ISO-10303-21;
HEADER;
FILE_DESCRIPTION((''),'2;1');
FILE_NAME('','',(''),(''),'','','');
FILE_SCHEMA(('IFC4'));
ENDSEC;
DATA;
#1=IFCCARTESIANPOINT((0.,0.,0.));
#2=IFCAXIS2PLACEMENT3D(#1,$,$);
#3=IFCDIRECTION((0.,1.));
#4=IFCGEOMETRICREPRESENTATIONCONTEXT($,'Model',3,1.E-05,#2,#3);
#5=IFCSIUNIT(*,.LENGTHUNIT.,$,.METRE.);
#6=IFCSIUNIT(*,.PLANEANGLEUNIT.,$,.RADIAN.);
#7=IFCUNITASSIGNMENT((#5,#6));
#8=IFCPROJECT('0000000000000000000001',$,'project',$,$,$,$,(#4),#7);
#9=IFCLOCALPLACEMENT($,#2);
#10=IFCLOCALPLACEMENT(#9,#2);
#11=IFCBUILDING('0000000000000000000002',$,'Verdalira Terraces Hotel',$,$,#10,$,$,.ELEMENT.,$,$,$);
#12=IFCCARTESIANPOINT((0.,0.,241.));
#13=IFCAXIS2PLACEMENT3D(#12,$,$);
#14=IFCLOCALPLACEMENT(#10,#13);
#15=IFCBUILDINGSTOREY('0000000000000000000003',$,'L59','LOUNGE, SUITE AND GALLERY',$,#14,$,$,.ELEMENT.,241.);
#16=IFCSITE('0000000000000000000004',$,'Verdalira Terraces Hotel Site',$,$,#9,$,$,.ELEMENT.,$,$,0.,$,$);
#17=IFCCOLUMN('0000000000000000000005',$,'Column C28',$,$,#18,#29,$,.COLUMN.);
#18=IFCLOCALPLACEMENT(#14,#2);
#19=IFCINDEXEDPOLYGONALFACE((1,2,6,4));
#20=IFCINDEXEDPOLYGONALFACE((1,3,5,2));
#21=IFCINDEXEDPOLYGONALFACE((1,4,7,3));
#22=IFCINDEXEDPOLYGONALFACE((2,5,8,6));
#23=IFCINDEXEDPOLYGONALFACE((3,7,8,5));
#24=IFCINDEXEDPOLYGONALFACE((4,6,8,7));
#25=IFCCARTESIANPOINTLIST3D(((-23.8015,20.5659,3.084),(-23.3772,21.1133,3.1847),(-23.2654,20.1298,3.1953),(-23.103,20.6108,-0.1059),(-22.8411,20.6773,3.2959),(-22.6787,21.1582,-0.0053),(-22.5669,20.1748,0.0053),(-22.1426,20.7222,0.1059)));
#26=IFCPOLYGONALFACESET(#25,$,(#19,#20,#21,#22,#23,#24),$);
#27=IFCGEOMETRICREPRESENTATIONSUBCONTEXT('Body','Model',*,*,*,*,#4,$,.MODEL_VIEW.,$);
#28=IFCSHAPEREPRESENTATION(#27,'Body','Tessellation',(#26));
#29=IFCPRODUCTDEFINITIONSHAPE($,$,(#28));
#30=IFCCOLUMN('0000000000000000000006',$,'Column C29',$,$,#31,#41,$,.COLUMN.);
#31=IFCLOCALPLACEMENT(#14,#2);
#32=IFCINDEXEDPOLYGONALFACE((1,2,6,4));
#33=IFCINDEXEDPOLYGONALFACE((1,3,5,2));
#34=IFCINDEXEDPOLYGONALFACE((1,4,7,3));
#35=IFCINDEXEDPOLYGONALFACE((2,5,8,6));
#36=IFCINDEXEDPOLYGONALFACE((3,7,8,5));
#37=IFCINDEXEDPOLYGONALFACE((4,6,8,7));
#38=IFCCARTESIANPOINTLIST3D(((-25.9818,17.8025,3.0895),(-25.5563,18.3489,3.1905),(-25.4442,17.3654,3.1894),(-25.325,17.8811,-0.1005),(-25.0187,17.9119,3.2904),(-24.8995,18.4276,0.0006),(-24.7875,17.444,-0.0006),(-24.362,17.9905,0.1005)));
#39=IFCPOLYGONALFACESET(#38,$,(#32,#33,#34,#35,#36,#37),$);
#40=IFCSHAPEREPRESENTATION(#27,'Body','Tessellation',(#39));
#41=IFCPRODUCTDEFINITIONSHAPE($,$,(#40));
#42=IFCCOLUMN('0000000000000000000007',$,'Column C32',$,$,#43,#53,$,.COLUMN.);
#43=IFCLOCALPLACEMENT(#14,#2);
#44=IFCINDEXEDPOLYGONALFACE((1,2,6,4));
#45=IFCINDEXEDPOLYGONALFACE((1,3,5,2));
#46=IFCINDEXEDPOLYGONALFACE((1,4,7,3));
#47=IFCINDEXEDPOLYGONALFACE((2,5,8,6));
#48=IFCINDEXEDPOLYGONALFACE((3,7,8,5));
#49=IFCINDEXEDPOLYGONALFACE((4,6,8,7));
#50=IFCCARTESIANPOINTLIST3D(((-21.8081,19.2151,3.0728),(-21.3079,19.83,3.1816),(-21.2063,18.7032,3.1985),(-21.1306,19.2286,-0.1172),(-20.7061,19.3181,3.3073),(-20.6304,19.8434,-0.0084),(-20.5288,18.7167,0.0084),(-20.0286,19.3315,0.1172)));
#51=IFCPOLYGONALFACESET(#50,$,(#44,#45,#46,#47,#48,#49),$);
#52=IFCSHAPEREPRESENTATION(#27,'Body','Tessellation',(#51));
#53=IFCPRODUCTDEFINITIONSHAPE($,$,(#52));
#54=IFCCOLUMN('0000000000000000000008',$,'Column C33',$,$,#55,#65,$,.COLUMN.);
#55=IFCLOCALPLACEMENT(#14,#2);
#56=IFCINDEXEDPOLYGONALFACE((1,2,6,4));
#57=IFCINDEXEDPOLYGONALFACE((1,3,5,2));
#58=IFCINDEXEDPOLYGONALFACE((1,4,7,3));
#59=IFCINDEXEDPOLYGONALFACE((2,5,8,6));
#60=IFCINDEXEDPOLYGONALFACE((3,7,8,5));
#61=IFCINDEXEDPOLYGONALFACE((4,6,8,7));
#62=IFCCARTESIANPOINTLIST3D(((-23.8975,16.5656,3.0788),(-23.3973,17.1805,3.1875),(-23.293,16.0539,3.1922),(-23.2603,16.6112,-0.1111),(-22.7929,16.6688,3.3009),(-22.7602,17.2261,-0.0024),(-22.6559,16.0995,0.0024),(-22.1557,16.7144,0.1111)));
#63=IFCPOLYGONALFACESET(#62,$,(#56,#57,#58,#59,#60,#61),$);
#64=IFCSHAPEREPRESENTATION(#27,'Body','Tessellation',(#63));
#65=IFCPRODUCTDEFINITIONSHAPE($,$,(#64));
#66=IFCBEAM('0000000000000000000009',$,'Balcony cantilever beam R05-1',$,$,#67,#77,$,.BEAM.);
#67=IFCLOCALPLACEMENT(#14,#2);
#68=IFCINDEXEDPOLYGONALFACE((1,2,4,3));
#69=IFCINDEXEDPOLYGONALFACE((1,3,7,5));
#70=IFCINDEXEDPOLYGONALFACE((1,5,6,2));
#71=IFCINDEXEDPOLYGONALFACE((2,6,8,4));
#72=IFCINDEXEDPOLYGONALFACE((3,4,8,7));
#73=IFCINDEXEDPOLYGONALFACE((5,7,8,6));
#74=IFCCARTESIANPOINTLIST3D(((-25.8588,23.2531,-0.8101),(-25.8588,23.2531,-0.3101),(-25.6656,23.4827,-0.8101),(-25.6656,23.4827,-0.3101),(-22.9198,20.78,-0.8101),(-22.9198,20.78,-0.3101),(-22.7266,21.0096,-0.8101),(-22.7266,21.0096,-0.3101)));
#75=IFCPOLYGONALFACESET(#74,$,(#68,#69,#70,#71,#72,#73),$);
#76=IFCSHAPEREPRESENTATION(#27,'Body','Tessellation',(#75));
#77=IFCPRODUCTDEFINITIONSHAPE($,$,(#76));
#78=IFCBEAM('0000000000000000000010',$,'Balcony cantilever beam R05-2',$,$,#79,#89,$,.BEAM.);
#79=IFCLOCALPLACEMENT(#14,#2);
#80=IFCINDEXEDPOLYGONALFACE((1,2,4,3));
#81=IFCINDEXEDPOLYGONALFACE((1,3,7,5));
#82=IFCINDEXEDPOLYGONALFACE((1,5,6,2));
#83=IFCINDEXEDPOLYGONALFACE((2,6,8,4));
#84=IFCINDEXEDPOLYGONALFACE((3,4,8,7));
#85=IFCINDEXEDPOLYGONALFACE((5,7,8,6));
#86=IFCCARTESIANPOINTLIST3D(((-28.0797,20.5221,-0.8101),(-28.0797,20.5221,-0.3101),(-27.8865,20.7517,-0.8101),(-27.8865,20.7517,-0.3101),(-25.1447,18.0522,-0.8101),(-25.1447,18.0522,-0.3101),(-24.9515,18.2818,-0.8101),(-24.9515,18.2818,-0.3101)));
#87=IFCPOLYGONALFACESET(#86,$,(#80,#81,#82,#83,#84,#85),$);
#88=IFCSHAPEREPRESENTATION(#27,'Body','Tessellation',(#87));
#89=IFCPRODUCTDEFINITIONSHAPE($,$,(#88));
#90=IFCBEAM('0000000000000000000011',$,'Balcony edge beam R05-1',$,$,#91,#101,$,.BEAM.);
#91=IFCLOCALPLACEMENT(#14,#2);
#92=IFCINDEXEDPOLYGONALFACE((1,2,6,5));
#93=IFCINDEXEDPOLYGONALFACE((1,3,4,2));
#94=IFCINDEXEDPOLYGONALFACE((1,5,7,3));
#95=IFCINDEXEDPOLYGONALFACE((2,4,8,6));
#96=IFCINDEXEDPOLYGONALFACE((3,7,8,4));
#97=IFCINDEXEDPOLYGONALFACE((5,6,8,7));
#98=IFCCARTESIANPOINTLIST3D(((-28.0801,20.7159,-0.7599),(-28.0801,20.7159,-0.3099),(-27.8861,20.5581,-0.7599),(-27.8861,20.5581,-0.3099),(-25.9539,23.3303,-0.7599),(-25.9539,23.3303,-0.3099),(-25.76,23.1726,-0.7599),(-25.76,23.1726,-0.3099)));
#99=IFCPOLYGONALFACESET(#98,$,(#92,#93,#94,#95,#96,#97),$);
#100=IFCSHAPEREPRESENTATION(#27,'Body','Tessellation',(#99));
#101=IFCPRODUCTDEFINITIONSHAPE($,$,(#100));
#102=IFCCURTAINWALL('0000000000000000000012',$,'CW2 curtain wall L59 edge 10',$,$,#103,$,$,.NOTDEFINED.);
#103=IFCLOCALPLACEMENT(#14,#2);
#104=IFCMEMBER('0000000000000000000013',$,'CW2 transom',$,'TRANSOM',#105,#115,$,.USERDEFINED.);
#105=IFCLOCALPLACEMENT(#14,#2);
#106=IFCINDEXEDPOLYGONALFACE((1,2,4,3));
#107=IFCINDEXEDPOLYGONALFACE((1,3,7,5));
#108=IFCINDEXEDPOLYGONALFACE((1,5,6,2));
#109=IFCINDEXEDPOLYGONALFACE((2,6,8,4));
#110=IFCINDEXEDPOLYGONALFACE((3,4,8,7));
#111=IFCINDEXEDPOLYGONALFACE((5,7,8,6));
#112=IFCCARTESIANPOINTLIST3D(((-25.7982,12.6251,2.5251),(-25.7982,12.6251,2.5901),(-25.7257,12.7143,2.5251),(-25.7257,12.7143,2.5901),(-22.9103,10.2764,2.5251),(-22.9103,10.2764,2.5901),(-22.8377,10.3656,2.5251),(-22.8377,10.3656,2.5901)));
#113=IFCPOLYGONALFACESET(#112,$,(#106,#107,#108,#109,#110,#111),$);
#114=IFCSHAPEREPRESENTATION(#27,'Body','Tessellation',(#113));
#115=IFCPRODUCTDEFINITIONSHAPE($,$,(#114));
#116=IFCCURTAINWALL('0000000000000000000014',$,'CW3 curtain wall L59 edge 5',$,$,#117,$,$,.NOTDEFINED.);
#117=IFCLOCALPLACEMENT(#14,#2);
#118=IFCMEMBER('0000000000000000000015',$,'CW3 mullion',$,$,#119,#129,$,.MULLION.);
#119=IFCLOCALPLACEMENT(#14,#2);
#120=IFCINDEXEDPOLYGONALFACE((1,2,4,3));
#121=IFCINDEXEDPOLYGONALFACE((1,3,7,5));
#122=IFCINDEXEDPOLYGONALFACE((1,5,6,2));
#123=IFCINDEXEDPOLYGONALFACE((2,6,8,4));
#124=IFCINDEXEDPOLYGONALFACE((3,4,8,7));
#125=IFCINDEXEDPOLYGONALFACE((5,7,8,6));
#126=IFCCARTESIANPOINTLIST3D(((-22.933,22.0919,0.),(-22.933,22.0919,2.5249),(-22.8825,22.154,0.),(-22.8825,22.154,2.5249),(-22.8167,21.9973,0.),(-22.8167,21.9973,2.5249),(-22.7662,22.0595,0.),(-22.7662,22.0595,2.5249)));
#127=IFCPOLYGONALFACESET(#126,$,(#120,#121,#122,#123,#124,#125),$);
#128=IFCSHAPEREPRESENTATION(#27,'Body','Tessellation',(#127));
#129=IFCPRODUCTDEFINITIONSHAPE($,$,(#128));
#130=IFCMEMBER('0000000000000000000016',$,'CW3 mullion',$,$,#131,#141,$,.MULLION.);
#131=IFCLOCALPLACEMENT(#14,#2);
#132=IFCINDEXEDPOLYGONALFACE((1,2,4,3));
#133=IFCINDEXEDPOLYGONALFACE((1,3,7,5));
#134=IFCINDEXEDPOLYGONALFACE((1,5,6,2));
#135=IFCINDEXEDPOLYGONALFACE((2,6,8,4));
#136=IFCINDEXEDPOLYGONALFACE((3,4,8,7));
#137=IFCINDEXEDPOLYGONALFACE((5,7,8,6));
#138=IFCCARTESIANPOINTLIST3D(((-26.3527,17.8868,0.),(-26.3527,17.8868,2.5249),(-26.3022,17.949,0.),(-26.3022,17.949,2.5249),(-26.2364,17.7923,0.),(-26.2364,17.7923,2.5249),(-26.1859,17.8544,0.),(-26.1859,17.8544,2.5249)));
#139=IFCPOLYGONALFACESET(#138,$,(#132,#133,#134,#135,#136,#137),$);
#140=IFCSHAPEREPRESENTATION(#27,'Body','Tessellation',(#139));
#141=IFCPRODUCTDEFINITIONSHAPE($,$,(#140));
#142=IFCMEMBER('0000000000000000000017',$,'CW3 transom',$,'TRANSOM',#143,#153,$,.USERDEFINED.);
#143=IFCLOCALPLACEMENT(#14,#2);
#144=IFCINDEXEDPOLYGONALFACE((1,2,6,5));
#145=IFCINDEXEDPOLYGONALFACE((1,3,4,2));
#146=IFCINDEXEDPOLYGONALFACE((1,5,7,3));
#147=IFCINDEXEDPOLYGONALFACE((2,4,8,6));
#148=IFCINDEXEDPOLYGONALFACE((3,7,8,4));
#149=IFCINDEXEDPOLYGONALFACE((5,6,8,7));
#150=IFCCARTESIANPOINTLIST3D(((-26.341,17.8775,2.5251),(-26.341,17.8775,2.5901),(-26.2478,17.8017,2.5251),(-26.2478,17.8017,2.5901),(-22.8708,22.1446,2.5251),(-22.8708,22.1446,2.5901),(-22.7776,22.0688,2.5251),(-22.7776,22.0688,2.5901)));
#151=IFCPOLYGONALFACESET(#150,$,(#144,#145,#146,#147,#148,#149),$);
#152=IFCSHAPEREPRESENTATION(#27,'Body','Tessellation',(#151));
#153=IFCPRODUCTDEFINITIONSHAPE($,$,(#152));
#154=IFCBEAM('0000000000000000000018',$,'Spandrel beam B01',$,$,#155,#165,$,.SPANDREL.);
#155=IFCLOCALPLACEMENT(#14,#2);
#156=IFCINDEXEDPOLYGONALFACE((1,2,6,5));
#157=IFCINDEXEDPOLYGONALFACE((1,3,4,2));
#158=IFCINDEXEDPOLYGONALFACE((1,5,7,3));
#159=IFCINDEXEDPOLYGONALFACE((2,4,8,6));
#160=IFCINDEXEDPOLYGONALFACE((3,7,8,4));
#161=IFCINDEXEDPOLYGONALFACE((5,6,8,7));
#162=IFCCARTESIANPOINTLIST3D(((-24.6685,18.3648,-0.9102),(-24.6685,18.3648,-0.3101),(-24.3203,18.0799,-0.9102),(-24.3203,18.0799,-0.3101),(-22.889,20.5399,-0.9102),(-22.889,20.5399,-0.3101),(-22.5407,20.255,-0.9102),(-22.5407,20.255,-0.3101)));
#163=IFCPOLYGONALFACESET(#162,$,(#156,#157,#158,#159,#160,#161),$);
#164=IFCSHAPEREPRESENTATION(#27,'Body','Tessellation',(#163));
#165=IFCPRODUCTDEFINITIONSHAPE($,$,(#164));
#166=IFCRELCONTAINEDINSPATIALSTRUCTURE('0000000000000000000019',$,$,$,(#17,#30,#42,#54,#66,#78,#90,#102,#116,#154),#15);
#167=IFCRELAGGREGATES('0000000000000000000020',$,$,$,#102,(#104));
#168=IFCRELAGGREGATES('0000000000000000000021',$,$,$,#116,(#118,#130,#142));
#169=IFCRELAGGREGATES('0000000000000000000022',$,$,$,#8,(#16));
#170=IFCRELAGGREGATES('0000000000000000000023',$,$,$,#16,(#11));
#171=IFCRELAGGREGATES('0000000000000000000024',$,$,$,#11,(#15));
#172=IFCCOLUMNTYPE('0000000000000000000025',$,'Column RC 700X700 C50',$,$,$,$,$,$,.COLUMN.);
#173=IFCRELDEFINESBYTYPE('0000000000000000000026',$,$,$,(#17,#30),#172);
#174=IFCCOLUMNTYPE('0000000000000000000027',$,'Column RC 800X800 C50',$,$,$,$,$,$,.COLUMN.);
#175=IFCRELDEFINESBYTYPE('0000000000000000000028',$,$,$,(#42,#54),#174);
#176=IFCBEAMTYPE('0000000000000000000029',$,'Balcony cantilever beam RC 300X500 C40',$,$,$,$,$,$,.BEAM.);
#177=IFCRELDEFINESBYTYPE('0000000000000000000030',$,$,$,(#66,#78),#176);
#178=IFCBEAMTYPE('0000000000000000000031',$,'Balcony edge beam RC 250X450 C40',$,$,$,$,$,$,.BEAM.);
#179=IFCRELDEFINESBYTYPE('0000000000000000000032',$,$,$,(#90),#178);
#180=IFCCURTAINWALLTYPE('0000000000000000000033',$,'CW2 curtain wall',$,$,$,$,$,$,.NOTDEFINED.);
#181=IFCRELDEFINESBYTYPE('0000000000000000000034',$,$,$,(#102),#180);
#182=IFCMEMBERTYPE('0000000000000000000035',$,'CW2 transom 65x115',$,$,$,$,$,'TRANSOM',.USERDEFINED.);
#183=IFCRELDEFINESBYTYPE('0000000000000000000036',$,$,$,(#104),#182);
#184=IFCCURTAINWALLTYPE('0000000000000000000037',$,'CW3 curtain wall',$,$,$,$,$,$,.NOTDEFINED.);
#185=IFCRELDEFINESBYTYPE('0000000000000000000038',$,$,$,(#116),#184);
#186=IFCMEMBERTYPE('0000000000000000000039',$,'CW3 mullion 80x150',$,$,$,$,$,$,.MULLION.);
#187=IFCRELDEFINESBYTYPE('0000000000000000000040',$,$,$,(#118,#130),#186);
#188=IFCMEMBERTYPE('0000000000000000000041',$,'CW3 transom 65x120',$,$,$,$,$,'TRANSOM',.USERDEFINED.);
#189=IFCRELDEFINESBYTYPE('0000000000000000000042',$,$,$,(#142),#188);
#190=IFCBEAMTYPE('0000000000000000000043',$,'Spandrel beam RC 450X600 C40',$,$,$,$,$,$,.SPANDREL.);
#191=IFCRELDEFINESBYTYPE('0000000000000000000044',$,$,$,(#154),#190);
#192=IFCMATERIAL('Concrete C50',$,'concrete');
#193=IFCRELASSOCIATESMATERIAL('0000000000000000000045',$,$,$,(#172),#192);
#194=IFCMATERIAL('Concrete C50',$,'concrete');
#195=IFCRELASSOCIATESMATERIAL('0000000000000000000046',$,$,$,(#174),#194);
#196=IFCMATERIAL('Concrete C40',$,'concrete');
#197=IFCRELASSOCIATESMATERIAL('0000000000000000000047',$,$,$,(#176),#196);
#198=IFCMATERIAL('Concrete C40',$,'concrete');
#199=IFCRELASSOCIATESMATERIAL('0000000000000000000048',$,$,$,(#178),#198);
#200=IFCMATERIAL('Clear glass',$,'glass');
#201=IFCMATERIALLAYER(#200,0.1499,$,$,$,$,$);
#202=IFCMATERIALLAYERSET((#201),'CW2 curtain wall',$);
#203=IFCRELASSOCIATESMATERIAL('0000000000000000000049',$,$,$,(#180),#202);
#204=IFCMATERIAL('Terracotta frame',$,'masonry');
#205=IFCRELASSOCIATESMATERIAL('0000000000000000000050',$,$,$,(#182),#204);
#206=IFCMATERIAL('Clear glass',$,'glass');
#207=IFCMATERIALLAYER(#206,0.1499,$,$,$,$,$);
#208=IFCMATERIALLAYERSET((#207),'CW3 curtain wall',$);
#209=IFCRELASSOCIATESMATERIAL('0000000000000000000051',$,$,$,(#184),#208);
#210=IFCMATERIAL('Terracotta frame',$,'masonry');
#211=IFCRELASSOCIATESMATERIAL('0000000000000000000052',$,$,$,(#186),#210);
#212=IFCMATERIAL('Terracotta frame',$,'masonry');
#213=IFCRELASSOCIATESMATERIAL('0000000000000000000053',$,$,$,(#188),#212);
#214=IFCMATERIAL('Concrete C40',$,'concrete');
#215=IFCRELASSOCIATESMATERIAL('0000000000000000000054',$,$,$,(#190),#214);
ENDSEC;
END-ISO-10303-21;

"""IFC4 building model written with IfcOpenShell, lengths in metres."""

from ifc_helpers import new_model, si_unit, direction, frame, origin, origin_2d, place, context, subcontext, project, spatial, rectangle, extrude, material, layer, layer_set, material_profile, profile_set, type_object, element, aggregate, save


model = new_model("IFC4")

# Units and contexts
model_context = context("Model", 3, precision=1e-05, world=origin(), true_north=direction((0.0, 1.0)))
body_context = subcontext(model_context, "Body", "Model", "MODEL_VIEW")
ifc_project = project(units=[si_unit("LENGTHUNIT", "METRE"), si_unit("PLANEANGLEUNIT", "RADIAN")], contexts=[model_context])

# Site, building, storey
site_placement = place(None, origin())
site = spatial("IfcSite", under=ifc_project, at=site_placement, Name="Verdalira Terraces Hotel Site", CompositionType="ELEMENT", RefElevation=0.0)
building_placement = place(site_placement, origin())
building = spatial("IfcBuilding", under=site, at=building_placement, Name="Verdalira Terraces Hotel", CompositionType="ELEMENT")
storey_placement = place(building_placement, frame((0.0, 0.0, 241.0)))
storey = spatial("IfcBuildingStorey", under=building, at=storey_placement, Name="L59", Description="LOUNGE, SUITE AND GALLERY", CompositionType="ELEMENT", Elevation=241.0)

# Columns
ifc_material_1 = material(Name="Concrete C50", Category="concrete")
ifc_material_profile_1 = material_profile(ifc_material_1, rectangle(XDim=0.7, YDim=0.7, at=origin_2d()), Name="RC 700X700")
ifc_profile_set_1 = profile_set([ifc_material_profile_1], Name="Concrete C50")
column_type_1 = type_object("IfcColumnType", Name="Column RC 700X700 C50", PredefinedType="COLUMN", material=ifc_profile_set_1)
column_1_placement = place(storey_placement, frame((-22.6228, 20.6665, 0.0), z_axis=(-0.213877, -0.013755, 0.976764), x_axis=(-0.606263, -0.782162, -0.143765)))
element("IfcColumn", 1, at=column_1_placement, inside=storey, type_object=column_type_1, Name="Column C28", PredefinedType="COLUMN", context=body_context, shape_type="SweptSolid", body=[
    extrude(rectangle(XDim=0.7, YDim=0.7, at=origin_2d()), origin(), (0.0, 0.0, 1.0), 3.2659),
])
column_2_placement = place(storey_placement, frame((-24.8435, 17.9358, 0.0), z_axis=(-0.20159, -0.024131, 0.979173), x_axis=(-0.607929, -0.780751, -0.1444)))
element("IfcColumn", 2, at=column_2_placement, inside=storey, type_object=column_type_1, Name="Column C29", PredefinedType="COLUMN", context=body_context, shape_type="SweptSolid", body=[
    extrude(rectangle(XDim=0.7, YDim=0.7, at=origin_2d()), origin(), (0.0, 0.0, 1.0), 3.2578),
])
ifc_material_2 = material(Name="Concrete C50", Category="concrete")
ifc_material_profile_2 = material_profile(ifc_material_2, rectangle(XDim=0.8, YDim=0.8, at=origin_2d()), Name="RC 800X800")
ifc_profile_set_2 = profile_set([ifc_material_profile_2], Name="Concrete C50")
column_type_2 = type_object("IfcColumnType", Name="Column RC 800X800 C50", PredefinedType="COLUMN", material=ifc_profile_set_2)
column_3_placement = place(storey_placement, frame((-20.5796, 19.28, 0.0), z_axis=(-0.207748, -0.004118, 0.978174), x_axis=(-0.752294, 0.639827, -0.157081)))
element("IfcColumn", 3, at=column_3_placement, inside=storey, type_object=column_type_2, Name="Column C32", PredefinedType="COLUMN", context=body_context, shape_type="SweptSolid", body=[
    extrude(rectangle(XDim=0.8, YDim=0.8, at=origin_2d()), origin(), (0.0, 0.0, 1.0), 3.2612),
])
column_4_placement = place(storey_placement, frame((-22.708, 16.6628, 0.0), z_axis=(-0.195866, -0.014033, 0.98053), x_axis=(-0.755525, 0.639596, -0.141766)))
element("IfcColumn", 4, at=column_4_placement, inside=storey, type_object=column_type_2, Name="Column C33", PredefinedType="COLUMN", context=body_context, shape_type="SweptSolid", body=[
    extrude(rectangle(XDim=0.8, YDim=0.8, at=origin_2d()), origin(), (0.0, 0.0, 1.0), 3.2532),
])

# Beams
ifc_material_3 = material(Name="Concrete C40", Category="concrete")
ifc_material_profile_3 = material_profile(ifc_material_3, rectangle(XDim=0.3, YDim=0.5, at=origin_2d()), Name="RC 300X500")
ifc_profile_set_3 = profile_set([ifc_material_profile_3], Name="Concrete C40")
beam_type_1 = type_object("IfcBeamType", Name="Balcony cantilever beam RC 300X500 C40", PredefinedType="BEAM", material=ifc_profile_set_3)
beam_1_placement = place(storey_placement, frame((-22.8232, 20.8948, -0.5601), z_axis=(-0.765139, 0.643866, 0.0), x_axis=(-0.643866, -0.765139, 0.0)))
element("IfcBeam", 5, at=beam_1_placement, inside=storey, type_object=beam_type_1, Name="Balcony cantilever beam R05-1", PredefinedType="BEAM", context=body_context, shape_type="SweptSolid", body=[
    extrude(rectangle(XDim=0.3, YDim=0.5, at=origin_2d()), origin(), (0.0, 0.0, 1.0), 3.8411),
])
beam_2_placement = place(storey_placement, frame((-25.0481, 18.167, -0.5601), z_axis=(-0.765124, 0.643883, 0.0), x_axis=(-0.643883, -0.765124, 0.0)))
element("IfcBeam", 6, at=beam_2_placement, inside=storey, type_object=beam_type_1, Name="Balcony cantilever beam R05-2", PredefinedType="BEAM", context=body_context, shape_type="SweptSolid", body=[
    extrude(rectangle(XDim=0.3, YDim=0.5, at=origin_2d()), origin(), (0.0, 0.0, 1.0), 3.8359),
])
ifc_material_4 = material(Name="Concrete C40", Category="concrete")
ifc_material_profile_4 = material_profile(ifc_material_4, rectangle(XDim=0.25, YDim=0.45, at=origin_2d()), Name="RC 250X450")
ifc_profile_set_4 = profile_set([ifc_material_profile_4], Name="Concrete C40")
beam_type_2 = type_object("IfcBeamType", Name="Balcony edge beam RC 250X450 C40", PredefinedType="BEAM", material=ifc_profile_set_4)
beam_3_placement = place(storey_placement, frame((-25.8569, 23.2515, -0.5349), z_axis=(-0.630939, -0.775832, 0.0), x_axis=(0.775832, -0.630939, 0.0)))
element("IfcBeam", 7, at=beam_3_placement, inside=storey, type_object=beam_type_2, Name="Balcony edge beam R05-1", PredefinedType="BEAM", context=body_context, shape_type="SweptSolid", body=[
    extrude(rectangle(XDim=0.25, YDim=0.45, at=origin_2d()), origin(), (0.0, 0.0, 1.0), 3.3699),
])

# Curtain wall, member
ifc_material_5 = material(Name="Clear glass", Category="glass")
ifc_layer_1 = layer(ifc_material_5, 0.1499)
ifc_layer_set_1 = layer_set([ifc_layer_1], Name="CW2 curtain wall")
curtain_wall_type_1 = type_object("IfcCurtainWallType", Name="CW2 curtain wall", PredefinedType="NOTDEFINED", material=ifc_layer_set_1)
curtain_wall_1_placement = place(storey_placement, origin())
curtain_wall_1 = element("IfcCurtainWall", 8, at=curtain_wall_1_placement, inside=storey, type_object=curtain_wall_type_1, Name="CW2 curtain wall L59 edge 10", PredefinedType="NOTDEFINED")
ifc_material_6 = material(Name="Terracotta frame", Category="masonry")
ifc_material_profile_5 = material_profile(ifc_material_6, rectangle(XDim=0.115, YDim=0.0649, at=origin_2d()), Name="TR 65x115")
ifc_profile_set_5 = profile_set([ifc_material_profile_5], Name="Terracotta frame")
member_type_1 = type_object("IfcMemberType", Name="CW2 transom 65x115", ElementType="TRANSOM", PredefinedType="USERDEFINED", material=ifc_profile_set_5)
member_1_placement = place(storey_placement, frame((-25.762, 12.6697, 2.5576), z_axis=(0.775827, -0.630946, 0.0), x_axis=(0.630946, 0.775827, 0.0)))
member_1 = element("IfcMember", 9, at=member_1_placement, type_object=member_type_1, Name="CW2 transom", ObjectType="TRANSOM", PredefinedType="USERDEFINED", context=body_context, shape_type="SweptSolid", body=[
    extrude(rectangle(XDim=0.115, YDim=0.0649, at=origin_2d()), origin(), (0.0, 0.0, 1.0), 3.7224),
])
aggregate(curtain_wall_1, [member_1])

# Curtain wall, members
ifc_material_7 = material(Name="Clear glass", Category="glass")
ifc_layer_2 = layer(ifc_material_7, 0.1499)
ifc_layer_set_2 = layer_set([ifc_layer_2], Name="CW3 curtain wall")
curtain_wall_type_2 = type_object("IfcCurtainWallType", Name="CW3 curtain wall", PredefinedType="NOTDEFINED", material=ifc_layer_set_2)
curtain_wall_2_placement = place(storey_placement, origin())
curtain_wall_2 = element("IfcCurtainWall", 10, at=curtain_wall_2_placement, inside=storey, type_object=curtain_wall_type_2, Name="CW3 curtain wall L59 edge 5", PredefinedType="NOTDEFINED")
ifc_material_8 = material(Name="Terracotta frame", Category="masonry")
ifc_material_profile_6 = material_profile(ifc_material_8, rectangle(XDim=0.0801, YDim=0.1499, at=origin_2d()), Name="MU 80x150")
ifc_profile_set_6 = profile_set([ifc_material_profile_6], Name="Terracotta frame")
member_type_2 = type_object("IfcMemberType", Name="CW3 mullion 80x150", PredefinedType="MULLION", material=ifc_profile_set_6)
member_2_placement = place(storey_placement, frame((-22.8496, 22.0757, 0.0), z_axis=(0.0, 0.0, 1.0), x_axis=(-0.630947, -0.775826, 0.0)))
member_2 = element("IfcMember", 11, at=member_2_placement, type_object=member_type_2, Name="CW3 mullion", PredefinedType="MULLION", context=body_context, shape_type="SweptSolid", body=[
    extrude(rectangle(XDim=0.0801, YDim=0.1499, at=origin_2d()), origin(), (0.0, 0.0, 1.0), 2.5249),
])
member_3_placement = place(storey_placement, frame((-26.2693, 17.8706, 0.0), z_axis=(0.0, 0.0, 1.0), x_axis=(-0.630947, -0.775826, 0.0)))
member_3 = element("IfcMember", 12, at=member_3_placement, type_object=member_type_2, Name="CW3 mullion", PredefinedType="MULLION", context=body_context, shape_type="SweptSolid", body=[
    extrude(rectangle(XDim=0.0801, YDim=0.1499, at=origin_2d()), origin(), (0.0, 0.0, 1.0), 2.5249),
])
ifc_material_9 = material(Name="Terracotta frame", Category="masonry")
ifc_material_profile_7 = material_profile(ifc_material_9, rectangle(XDim=0.1201, YDim=0.0649, at=origin_2d()), Name="TR 65x120")
ifc_profile_set_7 = profile_set([ifc_material_profile_7], Name="Terracotta frame")
member_type_3 = type_object("IfcMemberType", Name="CW3 transom 65x120", ElementType="TRANSOM", PredefinedType="USERDEFINED", material=ifc_profile_set_7)
member_4_placement = place(storey_placement, frame((-22.8242, 22.1067, 2.5576), z_axis=(-0.630943, -0.775829, 0.0), x_axis=(0.775829, -0.630943, 0.0)))
member_4 = element("IfcMember", 13, at=member_4_placement, type_object=member_type_3, Name="CW3 transom", ObjectType="TRANSOM", PredefinedType="USERDEFINED", context=body_context, shape_type="SweptSolid", body=[
    extrude(rectangle(XDim=0.1201, YDim=0.0649, at=origin_2d()), origin(), (0.0, 0.0, 1.0), 5.5),
])

# Beam
ifc_material_10 = material(Name="Concrete C40", Category="concrete")
ifc_material_profile_8 = material_profile(ifc_material_10, rectangle(XDim=0.45, YDim=0.6001, at=origin_2d()), Name="RC 450X600")
ifc_profile_set_8 = profile_set([ifc_material_profile_8], Name="Concrete C40")
beam_type_3 = type_object("IfcBeamType", Name="Spandrel beam RC 450X600 C40", PredefinedType="SPANDREL", material=ifc_profile_set_8)
beam_4_placement = place(storey_placement, frame((-22.7148, 20.3975, -0.6101), z_axis=(-0.633228, -0.773965, 0.0), x_axis=(0.773965, -0.633228, 0.0)))
element("IfcBeam", 14, at=beam_4_placement, inside=storey, type_object=beam_type_3, Name="Spandrel beam B01", PredefinedType="SPANDREL", context=body_context, shape_type="SweptSolid", body=[
    extrude(rectangle(XDim=0.45, YDim=0.6001, at=origin_2d()), origin(), (0.0, 0.0, 1.0), 2.8103),
])

aggregate(curtain_wall_2, [member_2, member_3, member_4])

save(model, "model.ifc")
